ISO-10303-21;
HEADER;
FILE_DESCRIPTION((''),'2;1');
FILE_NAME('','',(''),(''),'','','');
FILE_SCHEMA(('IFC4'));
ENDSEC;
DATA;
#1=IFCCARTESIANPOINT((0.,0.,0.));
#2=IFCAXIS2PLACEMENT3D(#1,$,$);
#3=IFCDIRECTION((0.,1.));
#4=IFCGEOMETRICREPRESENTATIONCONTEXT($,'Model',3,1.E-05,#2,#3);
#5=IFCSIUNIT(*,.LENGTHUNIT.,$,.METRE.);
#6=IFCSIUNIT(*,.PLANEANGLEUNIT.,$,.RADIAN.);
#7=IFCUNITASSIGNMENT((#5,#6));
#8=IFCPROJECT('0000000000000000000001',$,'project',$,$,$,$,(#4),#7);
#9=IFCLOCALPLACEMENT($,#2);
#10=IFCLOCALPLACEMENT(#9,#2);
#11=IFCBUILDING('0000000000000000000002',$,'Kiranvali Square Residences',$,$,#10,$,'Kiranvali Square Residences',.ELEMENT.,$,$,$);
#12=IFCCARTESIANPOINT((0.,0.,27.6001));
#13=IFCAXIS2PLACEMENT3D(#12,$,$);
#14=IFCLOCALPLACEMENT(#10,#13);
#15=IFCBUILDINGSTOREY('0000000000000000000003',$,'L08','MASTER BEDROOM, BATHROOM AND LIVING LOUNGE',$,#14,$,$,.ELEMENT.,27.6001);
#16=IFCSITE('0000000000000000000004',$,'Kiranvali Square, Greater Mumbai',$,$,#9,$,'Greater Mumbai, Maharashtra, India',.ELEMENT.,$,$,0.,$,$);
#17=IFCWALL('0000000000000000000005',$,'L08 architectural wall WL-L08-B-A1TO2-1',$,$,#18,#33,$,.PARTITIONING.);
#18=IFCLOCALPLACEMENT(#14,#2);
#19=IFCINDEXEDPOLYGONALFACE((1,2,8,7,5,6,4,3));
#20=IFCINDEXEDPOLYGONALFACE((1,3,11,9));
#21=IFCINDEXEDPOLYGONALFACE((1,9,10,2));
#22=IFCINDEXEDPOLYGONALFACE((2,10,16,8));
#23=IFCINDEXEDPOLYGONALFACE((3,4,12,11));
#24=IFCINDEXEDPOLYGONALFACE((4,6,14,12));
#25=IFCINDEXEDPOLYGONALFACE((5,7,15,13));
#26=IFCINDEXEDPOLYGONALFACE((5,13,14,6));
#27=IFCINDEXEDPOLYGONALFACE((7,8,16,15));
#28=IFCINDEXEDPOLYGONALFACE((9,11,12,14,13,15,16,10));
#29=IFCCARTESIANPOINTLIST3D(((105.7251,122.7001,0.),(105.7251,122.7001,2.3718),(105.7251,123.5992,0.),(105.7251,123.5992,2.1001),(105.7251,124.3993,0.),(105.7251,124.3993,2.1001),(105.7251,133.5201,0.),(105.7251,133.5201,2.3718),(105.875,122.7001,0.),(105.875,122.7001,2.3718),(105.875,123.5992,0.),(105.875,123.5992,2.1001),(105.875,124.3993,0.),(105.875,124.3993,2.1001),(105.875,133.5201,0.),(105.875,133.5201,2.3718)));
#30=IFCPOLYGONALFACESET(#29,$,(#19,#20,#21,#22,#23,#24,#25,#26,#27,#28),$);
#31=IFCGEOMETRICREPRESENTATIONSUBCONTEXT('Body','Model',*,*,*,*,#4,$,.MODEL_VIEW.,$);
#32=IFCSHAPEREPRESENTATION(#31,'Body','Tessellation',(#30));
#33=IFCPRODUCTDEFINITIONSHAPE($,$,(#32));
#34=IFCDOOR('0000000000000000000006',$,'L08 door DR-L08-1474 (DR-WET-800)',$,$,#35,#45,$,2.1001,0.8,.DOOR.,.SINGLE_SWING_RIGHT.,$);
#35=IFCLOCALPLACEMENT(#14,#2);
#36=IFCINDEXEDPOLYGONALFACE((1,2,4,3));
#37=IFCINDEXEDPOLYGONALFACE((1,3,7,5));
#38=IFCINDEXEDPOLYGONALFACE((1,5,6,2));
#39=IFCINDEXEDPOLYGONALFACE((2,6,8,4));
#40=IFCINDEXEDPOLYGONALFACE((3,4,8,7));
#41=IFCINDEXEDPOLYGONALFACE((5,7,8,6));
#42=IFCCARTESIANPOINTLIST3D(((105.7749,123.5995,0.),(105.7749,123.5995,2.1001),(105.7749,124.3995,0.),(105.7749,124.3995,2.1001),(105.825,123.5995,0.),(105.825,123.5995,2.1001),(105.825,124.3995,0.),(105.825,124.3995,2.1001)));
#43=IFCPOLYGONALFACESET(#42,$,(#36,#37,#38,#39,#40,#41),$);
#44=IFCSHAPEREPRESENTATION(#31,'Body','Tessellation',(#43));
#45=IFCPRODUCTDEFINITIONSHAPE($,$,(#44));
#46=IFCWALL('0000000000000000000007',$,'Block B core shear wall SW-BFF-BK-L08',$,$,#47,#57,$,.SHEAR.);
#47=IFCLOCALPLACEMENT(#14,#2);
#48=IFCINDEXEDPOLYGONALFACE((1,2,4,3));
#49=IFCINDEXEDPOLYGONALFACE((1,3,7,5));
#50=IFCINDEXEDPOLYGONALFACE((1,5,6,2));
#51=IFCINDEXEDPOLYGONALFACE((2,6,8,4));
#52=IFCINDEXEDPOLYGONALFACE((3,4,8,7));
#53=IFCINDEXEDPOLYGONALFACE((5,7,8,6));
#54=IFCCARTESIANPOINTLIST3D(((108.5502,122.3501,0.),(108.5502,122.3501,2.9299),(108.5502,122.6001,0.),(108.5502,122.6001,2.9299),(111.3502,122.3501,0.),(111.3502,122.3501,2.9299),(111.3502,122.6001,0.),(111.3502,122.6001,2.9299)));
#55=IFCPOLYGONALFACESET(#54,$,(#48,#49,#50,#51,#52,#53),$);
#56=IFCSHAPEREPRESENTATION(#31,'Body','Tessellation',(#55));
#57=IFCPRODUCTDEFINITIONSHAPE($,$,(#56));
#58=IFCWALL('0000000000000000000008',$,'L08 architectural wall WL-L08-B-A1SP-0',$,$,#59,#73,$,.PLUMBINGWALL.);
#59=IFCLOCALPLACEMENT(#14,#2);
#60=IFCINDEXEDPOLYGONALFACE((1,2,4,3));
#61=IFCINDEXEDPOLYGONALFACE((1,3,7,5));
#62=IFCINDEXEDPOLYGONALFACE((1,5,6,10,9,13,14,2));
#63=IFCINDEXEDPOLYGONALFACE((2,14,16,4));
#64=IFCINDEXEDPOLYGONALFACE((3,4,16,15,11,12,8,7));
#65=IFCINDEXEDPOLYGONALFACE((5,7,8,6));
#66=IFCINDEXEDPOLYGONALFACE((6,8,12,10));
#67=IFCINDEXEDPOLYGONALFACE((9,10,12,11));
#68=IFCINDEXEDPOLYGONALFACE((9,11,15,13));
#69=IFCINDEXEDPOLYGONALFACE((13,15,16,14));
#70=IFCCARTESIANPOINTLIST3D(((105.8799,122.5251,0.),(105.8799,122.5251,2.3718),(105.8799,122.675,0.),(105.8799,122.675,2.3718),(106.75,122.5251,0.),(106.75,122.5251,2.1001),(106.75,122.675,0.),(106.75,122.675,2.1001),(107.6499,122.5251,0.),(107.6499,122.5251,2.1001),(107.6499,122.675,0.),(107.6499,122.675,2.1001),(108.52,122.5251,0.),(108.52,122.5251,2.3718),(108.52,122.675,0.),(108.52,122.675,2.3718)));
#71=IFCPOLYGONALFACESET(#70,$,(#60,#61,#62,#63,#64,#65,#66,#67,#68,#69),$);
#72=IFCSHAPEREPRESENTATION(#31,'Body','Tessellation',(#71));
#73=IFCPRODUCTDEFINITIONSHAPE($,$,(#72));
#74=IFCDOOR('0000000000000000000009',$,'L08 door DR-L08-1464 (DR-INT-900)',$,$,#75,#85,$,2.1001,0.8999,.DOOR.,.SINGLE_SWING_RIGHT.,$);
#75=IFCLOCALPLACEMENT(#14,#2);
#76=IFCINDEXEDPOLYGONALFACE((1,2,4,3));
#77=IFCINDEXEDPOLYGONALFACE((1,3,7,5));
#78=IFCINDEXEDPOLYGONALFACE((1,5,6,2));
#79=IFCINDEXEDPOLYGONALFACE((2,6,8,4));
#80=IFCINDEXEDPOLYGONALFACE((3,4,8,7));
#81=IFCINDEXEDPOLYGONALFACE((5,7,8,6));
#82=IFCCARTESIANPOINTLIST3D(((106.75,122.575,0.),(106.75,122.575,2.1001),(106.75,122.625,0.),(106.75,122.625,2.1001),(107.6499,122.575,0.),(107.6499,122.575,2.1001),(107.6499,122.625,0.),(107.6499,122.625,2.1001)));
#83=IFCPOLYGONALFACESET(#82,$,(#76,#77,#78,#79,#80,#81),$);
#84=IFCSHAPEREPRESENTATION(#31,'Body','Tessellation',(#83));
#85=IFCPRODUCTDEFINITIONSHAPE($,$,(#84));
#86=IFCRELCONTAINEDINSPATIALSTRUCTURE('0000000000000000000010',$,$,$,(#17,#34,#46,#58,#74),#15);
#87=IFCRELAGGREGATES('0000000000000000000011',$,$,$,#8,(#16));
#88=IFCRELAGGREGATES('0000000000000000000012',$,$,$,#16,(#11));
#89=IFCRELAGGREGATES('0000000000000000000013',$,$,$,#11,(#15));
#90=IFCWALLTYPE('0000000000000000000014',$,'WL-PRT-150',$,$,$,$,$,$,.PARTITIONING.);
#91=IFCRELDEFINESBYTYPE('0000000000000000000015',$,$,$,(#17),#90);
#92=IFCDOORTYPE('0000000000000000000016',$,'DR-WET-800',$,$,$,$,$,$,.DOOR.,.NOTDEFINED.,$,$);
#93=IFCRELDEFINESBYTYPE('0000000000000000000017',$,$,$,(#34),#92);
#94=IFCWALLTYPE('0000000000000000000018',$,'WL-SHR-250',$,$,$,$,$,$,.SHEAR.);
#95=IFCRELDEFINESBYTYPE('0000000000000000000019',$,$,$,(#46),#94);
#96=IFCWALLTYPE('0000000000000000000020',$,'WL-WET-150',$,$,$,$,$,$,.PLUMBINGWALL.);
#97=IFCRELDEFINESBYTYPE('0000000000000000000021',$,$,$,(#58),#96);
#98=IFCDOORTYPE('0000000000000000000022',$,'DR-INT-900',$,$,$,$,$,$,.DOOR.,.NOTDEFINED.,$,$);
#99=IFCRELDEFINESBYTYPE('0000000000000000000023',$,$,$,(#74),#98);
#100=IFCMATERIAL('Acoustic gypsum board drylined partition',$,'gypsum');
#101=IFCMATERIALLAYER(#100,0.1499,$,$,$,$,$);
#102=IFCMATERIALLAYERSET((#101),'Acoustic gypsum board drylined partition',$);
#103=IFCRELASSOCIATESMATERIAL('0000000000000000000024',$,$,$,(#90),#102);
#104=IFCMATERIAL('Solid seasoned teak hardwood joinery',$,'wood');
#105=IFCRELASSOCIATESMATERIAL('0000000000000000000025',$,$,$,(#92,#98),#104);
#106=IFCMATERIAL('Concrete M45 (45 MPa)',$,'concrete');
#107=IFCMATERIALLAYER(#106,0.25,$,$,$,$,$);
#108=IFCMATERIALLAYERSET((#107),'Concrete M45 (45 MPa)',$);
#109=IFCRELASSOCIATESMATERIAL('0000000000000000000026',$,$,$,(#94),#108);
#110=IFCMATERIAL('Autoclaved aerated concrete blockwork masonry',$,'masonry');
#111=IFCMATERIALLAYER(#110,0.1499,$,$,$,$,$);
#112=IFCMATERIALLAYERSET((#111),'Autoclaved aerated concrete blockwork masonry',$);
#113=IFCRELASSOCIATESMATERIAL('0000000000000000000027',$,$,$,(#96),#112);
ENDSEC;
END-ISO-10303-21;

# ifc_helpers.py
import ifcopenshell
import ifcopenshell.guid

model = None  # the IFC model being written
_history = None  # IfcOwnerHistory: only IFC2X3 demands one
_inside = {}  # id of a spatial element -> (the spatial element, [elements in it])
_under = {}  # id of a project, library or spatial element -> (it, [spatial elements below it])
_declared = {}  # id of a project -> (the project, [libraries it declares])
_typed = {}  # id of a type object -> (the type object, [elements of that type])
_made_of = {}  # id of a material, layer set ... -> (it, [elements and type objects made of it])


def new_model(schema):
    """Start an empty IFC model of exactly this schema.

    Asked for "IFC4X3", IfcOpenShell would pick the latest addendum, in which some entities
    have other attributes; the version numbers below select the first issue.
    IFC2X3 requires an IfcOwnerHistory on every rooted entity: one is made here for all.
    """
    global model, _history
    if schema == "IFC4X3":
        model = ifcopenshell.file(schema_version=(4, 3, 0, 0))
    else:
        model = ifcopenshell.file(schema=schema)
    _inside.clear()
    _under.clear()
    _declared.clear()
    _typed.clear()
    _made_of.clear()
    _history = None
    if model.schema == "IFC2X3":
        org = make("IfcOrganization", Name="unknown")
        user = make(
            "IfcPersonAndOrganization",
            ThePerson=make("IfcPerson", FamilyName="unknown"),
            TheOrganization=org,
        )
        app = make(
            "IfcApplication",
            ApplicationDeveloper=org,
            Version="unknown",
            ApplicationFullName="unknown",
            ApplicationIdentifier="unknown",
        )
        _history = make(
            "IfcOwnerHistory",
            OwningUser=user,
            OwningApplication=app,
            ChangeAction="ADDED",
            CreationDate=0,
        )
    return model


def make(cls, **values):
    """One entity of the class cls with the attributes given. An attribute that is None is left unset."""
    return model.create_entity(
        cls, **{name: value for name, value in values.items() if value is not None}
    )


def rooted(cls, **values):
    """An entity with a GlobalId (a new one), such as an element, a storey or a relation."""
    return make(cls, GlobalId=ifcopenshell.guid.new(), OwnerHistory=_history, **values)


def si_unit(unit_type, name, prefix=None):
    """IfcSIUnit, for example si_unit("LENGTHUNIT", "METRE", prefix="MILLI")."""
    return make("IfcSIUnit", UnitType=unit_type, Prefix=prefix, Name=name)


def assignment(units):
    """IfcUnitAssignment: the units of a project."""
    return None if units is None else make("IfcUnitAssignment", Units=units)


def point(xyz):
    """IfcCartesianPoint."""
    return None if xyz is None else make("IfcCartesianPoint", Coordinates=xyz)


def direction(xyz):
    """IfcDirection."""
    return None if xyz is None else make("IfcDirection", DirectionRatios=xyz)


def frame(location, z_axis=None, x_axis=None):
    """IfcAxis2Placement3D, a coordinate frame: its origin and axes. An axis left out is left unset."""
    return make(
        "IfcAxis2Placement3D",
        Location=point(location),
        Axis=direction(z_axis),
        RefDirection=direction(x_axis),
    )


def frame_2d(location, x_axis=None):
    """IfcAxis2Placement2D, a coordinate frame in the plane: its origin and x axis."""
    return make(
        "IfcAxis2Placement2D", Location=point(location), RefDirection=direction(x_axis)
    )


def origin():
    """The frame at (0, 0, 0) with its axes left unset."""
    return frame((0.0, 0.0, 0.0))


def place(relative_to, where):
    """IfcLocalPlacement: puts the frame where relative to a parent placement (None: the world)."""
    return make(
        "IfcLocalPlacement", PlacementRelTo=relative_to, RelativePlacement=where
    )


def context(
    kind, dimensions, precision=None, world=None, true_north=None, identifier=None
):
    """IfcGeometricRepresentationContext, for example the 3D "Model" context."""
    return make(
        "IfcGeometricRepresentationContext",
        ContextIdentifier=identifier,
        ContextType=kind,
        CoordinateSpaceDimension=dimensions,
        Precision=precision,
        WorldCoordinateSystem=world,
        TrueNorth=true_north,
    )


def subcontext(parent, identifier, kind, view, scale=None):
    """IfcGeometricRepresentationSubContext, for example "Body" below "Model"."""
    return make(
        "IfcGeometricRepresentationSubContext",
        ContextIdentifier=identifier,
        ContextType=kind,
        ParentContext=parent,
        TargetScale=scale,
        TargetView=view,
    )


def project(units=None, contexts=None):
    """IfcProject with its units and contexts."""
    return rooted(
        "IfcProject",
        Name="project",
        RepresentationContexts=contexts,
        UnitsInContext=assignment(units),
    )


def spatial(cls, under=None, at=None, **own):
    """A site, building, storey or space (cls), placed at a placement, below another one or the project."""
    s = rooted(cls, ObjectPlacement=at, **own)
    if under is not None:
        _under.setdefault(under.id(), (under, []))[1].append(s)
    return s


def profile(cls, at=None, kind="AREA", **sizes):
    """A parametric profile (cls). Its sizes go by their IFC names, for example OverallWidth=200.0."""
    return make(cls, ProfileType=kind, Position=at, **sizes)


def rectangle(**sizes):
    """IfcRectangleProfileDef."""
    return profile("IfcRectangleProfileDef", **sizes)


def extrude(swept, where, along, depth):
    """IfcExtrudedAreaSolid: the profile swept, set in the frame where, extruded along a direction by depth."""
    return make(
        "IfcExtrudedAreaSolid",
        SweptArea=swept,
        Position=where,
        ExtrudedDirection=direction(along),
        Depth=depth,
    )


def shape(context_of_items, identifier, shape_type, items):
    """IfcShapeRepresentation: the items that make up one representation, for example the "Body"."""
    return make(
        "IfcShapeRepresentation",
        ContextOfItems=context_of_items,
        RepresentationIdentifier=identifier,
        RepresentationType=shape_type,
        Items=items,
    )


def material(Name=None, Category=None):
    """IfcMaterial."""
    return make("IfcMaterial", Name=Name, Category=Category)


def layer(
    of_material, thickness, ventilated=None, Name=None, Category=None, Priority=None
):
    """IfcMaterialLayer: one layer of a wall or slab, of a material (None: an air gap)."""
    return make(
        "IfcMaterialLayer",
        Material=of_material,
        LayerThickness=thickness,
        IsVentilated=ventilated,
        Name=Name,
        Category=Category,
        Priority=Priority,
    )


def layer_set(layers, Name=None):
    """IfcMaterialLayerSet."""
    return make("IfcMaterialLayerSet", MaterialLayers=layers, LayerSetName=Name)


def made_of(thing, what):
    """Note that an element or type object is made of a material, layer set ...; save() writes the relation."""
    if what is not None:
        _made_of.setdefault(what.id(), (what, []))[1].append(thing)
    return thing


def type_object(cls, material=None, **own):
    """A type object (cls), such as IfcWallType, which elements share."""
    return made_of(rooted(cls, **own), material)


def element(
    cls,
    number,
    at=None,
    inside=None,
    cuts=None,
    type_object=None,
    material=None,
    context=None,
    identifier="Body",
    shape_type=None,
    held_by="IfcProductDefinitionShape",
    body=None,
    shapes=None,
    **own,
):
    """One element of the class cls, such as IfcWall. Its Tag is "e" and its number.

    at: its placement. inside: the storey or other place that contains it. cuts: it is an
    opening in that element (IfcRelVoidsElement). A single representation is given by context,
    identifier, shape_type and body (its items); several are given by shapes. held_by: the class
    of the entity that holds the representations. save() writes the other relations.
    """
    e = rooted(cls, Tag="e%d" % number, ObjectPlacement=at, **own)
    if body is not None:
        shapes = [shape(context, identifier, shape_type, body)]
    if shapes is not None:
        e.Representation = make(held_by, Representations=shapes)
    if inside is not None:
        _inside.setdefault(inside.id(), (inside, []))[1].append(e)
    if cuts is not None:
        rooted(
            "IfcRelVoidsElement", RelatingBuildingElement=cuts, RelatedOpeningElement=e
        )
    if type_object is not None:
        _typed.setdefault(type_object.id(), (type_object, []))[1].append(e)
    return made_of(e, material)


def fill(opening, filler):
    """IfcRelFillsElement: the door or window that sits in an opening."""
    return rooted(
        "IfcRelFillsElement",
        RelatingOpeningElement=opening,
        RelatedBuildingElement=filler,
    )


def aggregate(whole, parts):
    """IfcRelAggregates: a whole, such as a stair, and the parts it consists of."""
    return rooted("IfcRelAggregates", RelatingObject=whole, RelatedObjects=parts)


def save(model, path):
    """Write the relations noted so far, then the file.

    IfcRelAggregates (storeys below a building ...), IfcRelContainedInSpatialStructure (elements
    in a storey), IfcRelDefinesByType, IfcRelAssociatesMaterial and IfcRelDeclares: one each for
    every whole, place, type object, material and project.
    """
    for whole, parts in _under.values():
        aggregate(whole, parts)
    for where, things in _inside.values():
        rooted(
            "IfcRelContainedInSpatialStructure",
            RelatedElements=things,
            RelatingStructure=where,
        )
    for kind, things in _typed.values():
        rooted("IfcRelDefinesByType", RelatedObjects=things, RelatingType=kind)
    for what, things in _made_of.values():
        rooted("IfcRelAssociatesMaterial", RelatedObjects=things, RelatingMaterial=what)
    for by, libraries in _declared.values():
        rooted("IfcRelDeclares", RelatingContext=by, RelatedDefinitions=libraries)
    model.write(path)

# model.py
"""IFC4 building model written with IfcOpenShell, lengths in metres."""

from ifc_helpers import new_model, si_unit, direction, frame, frame_2d, origin, place, context, subcontext, project, spatial, rectangle, extrude, material, layer, layer_set, type_object, element, fill, save


model = new_model("IFC4")

# Units and contexts
model_context = context("Model", 3, precision=1e-05, world=origin(), true_north=direction((0.0, 1.0)))
body_context = subcontext(model_context, "Body", "Model", "MODEL_VIEW")
ifc_project = project(units=[si_unit("LENGTHUNIT", "METRE"), si_unit("PLANEANGLEUNIT", "RADIAN")], contexts=[model_context])

# Site, building, storey
site_placement = place(None, origin())
site = spatial("IfcSite", under=ifc_project, at=site_placement, Name="Kiranvali Square, Greater Mumbai", LongName="Greater Mumbai, Maharashtra, India", CompositionType="ELEMENT", RefElevation=0.0)
building_placement = place(site_placement, origin())
building = spatial("IfcBuilding", under=site, at=building_placement, Name="Kiranvali Square Residences", LongName="Kiranvali Square Residences", CompositionType="ELEMENT")
storey_placement = place(building_placement, frame((0.0, 0.0, 27.6001)))
storey = spatial("IfcBuildingStorey", under=building, at=storey_placement, Name="L08", Description="MASTER BEDROOM, BATHROOM AND LIVING LOUNGE", CompositionType="ELEMENT", Elevation=27.6001)

# Shared definitions
ifc_material_1 = material(Name="Concrete M45 (45 MPa)", Category="concrete")

# Wall, opening, door
ifc_material_2 = material(Name="Acoustic gypsum board drylined partition", Category="gypsum")
ifc_layer_1 = layer(ifc_material_2, 0.1499)
ifc_layer_set_1 = layer_set([ifc_layer_1], Name="Acoustic gypsum board drylined partition")
wall_type_1 = type_object("IfcWallType", Name="WL-PRT-150", PredefinedType="PARTITIONING", material=ifc_layer_set_1)
ifc_material_3 = material(Name="Solid seasoned teak hardwood joinery", Category="wood")
door_type_1 = type_object("IfcDoorType", Name="DR-WET-800", OperationType="NOTDEFINED", PredefinedType="DOOR", material=ifc_material_3)
wall_1_placement = place(storey_placement, frame((105.8, 122.7, 0.0), z_axis=(0.0, 0.0, 1.0), x_axis=(0.0, 1.0, 0.0)))
wall_1 = element("IfcWall", 1, at=wall_1_placement, inside=storey, type_object=wall_type_1, Name="L08 architectural wall WL-L08-B-A1TO2-1", PredefinedType="PARTITIONING", context=body_context, shape_type="SweptSolid", body=[
    extrude(rectangle(XDim=10.8201, YDim=0.1499, at=frame_2d((5.4102, 0.0))), origin(), (0.0, 0.0, 1.0), 2.3718),
])
opening_1_placement = place(wall_1_placement, frame((0.8994, 0.0, 0.0)))
opening_1 = element("IfcOpeningElement", 2, at=opening_1_placement, cuts=wall_1, PredefinedType="OPENING", context=body_context, shape_type="SweptSolid", body=[
    extrude(rectangle(XDim=0.8, YDim=2.1001, at=frame_2d((0.3999, 1.05))), frame((0.0, 0.085, 0.0), z_axis=(0.0, -1.0, 0.0), x_axis=(1.0, 0.0, 0.0)), (0.0, 0.0, 1.0), 0.1699),
])
door_1_placement = place(opening_1_placement, frame((0.8, 0.0, 0.0), z_axis=(0.0, 0.0, 1.0), x_axis=(-1.0, 0.0, 0.0)))
door_1 = element("IfcDoor", 3, at=door_1_placement, inside=storey, type_object=door_type_1, Name="L08 door DR-L08-1474 (DR-WET-800)", OperationType="SINGLE_SWING_RIGHT", OverallHeight=2.1001, OverallWidth=0.8, PredefinedType="DOOR", context=body_context, shape_type="SweptSolid", body=[
    extrude(rectangle(XDim=0.8, YDim=2.1001, at=frame_2d((0.3999, 1.05))), frame((0.0, 0.0249, 0.0), z_axis=(0.0, -1.0, 0.0), x_axis=(1.0, 0.0, 0.0)), (0.0, 0.0, 1.0), 0.05),
])
fill(opening_1, door_1)

# Wall
ifc_layer_2 = layer(ifc_material_1, 0.25)
ifc_layer_set_2 = layer_set([ifc_layer_2], Name="Concrete M45 (45 MPa)")
wall_type_2 = type_object("IfcWallType", Name="WL-SHR-250", PredefinedType="SHEAR", material=ifc_layer_set_2)
wall_2_placement = place(storey_placement, frame((111.3501, 122.4751, 0.0), z_axis=(0.0, 0.0, 1.0), x_axis=(-1.0, 0.0, 0.0)))
element("IfcWall", 4, at=wall_2_placement, inside=storey, type_object=wall_type_2, Name="Block B core shear wall SW-BFF-BK-L08", PredefinedType="SHEAR", context=body_context, shape_type="SweptSolid", body=[
    extrude(rectangle(XDim=2.8, YDim=0.25, at=frame_2d((1.3999, 0.0))), origin(), (0.0, 0.0, 1.0), 2.9299),
])

# Wall, opening, door
ifc_material_4 = material(Name="Autoclaved aerated concrete blockwork masonry", Category="masonry")
ifc_layer_3 = layer(ifc_material_4, 0.1499)
ifc_layer_set_3 = layer_set([ifc_layer_3], Name="Autoclaved aerated concrete blockwork masonry")
wall_type_3 = type_object("IfcWallType", Name="WL-WET-150", PredefinedType="PLUMBINGWALL", material=ifc_layer_set_3)
wall_3_placement = place(storey_placement, frame((108.52, 122.6001, 0.0), z_axis=(0.0, 0.0, 1.0), x_axis=(-1.0, 0.0, 0.0)))
wall_3 = element("IfcWall", 5, at=wall_3_placement, inside=storey, type_object=wall_type_3, Name="L08 architectural wall WL-L08-B-A1SP-0", PredefinedType="PLUMBINGWALL", context=body_context, shape_type="SweptSolid", body=[
    extrude(rectangle(XDim=2.6401, YDim=0.1499, at=frame_2d((1.3201, 0.0))), origin(), (0.0, 0.0, 1.0), 2.3718),
])
opening_2_placement = place(wall_3_placement, frame((0.8701, 0.0, 0.0)))
opening_2 = element("IfcOpeningElement", 6, at=opening_2_placement, cuts=wall_3, PredefinedType="OPENING", context=body_context, shape_type="SweptSolid", body=[
    extrude(rectangle(XDim=0.8999, YDim=2.1001, at=frame_2d((0.45, 1.05))), frame((0.0, 0.085, 0.0), z_axis=(0.0, -1.0, 0.0), x_axis=(1.0, 0.0, 0.0)), (0.0, 0.0, 1.0), 0.1699),
])
door_type_2 = type_object("IfcDoorType", Name="DR-INT-900", OperationType="NOTDEFINED", PredefinedType="DOOR", material=ifc_material_3)
door_2_placement = place(opening_2_placement, frame((0.8999, 0.0, 0.0), z_axis=(0.0, 0.0, 1.0), x_axis=(-1.0, 0.0, 0.0)))
door_2 = element("IfcDoor", 7, at=door_2_placement, inside=storey, type_object=door_type_2, Name="L08 door DR-L08-1464 (DR-INT-900)", OperationType="SINGLE_SWING_RIGHT", OverallHeight=2.1001, OverallWidth=0.8999, PredefinedType="DOOR", context=body_context, shape_type="SweptSolid", body=[
    extrude(rectangle(XDim=0.8999, YDim=2.1001, at=frame_2d((0.45, 1.05))), frame((0.0, 0.0249, 0.0), z_axis=(0.0, -1.0, 0.0), x_axis=(1.0, 0.0, 0.0)), (0.0, 0.0, 1.0), 0.05),
])
fill(opening_2, door_2)

save(model, "model.ifc")
